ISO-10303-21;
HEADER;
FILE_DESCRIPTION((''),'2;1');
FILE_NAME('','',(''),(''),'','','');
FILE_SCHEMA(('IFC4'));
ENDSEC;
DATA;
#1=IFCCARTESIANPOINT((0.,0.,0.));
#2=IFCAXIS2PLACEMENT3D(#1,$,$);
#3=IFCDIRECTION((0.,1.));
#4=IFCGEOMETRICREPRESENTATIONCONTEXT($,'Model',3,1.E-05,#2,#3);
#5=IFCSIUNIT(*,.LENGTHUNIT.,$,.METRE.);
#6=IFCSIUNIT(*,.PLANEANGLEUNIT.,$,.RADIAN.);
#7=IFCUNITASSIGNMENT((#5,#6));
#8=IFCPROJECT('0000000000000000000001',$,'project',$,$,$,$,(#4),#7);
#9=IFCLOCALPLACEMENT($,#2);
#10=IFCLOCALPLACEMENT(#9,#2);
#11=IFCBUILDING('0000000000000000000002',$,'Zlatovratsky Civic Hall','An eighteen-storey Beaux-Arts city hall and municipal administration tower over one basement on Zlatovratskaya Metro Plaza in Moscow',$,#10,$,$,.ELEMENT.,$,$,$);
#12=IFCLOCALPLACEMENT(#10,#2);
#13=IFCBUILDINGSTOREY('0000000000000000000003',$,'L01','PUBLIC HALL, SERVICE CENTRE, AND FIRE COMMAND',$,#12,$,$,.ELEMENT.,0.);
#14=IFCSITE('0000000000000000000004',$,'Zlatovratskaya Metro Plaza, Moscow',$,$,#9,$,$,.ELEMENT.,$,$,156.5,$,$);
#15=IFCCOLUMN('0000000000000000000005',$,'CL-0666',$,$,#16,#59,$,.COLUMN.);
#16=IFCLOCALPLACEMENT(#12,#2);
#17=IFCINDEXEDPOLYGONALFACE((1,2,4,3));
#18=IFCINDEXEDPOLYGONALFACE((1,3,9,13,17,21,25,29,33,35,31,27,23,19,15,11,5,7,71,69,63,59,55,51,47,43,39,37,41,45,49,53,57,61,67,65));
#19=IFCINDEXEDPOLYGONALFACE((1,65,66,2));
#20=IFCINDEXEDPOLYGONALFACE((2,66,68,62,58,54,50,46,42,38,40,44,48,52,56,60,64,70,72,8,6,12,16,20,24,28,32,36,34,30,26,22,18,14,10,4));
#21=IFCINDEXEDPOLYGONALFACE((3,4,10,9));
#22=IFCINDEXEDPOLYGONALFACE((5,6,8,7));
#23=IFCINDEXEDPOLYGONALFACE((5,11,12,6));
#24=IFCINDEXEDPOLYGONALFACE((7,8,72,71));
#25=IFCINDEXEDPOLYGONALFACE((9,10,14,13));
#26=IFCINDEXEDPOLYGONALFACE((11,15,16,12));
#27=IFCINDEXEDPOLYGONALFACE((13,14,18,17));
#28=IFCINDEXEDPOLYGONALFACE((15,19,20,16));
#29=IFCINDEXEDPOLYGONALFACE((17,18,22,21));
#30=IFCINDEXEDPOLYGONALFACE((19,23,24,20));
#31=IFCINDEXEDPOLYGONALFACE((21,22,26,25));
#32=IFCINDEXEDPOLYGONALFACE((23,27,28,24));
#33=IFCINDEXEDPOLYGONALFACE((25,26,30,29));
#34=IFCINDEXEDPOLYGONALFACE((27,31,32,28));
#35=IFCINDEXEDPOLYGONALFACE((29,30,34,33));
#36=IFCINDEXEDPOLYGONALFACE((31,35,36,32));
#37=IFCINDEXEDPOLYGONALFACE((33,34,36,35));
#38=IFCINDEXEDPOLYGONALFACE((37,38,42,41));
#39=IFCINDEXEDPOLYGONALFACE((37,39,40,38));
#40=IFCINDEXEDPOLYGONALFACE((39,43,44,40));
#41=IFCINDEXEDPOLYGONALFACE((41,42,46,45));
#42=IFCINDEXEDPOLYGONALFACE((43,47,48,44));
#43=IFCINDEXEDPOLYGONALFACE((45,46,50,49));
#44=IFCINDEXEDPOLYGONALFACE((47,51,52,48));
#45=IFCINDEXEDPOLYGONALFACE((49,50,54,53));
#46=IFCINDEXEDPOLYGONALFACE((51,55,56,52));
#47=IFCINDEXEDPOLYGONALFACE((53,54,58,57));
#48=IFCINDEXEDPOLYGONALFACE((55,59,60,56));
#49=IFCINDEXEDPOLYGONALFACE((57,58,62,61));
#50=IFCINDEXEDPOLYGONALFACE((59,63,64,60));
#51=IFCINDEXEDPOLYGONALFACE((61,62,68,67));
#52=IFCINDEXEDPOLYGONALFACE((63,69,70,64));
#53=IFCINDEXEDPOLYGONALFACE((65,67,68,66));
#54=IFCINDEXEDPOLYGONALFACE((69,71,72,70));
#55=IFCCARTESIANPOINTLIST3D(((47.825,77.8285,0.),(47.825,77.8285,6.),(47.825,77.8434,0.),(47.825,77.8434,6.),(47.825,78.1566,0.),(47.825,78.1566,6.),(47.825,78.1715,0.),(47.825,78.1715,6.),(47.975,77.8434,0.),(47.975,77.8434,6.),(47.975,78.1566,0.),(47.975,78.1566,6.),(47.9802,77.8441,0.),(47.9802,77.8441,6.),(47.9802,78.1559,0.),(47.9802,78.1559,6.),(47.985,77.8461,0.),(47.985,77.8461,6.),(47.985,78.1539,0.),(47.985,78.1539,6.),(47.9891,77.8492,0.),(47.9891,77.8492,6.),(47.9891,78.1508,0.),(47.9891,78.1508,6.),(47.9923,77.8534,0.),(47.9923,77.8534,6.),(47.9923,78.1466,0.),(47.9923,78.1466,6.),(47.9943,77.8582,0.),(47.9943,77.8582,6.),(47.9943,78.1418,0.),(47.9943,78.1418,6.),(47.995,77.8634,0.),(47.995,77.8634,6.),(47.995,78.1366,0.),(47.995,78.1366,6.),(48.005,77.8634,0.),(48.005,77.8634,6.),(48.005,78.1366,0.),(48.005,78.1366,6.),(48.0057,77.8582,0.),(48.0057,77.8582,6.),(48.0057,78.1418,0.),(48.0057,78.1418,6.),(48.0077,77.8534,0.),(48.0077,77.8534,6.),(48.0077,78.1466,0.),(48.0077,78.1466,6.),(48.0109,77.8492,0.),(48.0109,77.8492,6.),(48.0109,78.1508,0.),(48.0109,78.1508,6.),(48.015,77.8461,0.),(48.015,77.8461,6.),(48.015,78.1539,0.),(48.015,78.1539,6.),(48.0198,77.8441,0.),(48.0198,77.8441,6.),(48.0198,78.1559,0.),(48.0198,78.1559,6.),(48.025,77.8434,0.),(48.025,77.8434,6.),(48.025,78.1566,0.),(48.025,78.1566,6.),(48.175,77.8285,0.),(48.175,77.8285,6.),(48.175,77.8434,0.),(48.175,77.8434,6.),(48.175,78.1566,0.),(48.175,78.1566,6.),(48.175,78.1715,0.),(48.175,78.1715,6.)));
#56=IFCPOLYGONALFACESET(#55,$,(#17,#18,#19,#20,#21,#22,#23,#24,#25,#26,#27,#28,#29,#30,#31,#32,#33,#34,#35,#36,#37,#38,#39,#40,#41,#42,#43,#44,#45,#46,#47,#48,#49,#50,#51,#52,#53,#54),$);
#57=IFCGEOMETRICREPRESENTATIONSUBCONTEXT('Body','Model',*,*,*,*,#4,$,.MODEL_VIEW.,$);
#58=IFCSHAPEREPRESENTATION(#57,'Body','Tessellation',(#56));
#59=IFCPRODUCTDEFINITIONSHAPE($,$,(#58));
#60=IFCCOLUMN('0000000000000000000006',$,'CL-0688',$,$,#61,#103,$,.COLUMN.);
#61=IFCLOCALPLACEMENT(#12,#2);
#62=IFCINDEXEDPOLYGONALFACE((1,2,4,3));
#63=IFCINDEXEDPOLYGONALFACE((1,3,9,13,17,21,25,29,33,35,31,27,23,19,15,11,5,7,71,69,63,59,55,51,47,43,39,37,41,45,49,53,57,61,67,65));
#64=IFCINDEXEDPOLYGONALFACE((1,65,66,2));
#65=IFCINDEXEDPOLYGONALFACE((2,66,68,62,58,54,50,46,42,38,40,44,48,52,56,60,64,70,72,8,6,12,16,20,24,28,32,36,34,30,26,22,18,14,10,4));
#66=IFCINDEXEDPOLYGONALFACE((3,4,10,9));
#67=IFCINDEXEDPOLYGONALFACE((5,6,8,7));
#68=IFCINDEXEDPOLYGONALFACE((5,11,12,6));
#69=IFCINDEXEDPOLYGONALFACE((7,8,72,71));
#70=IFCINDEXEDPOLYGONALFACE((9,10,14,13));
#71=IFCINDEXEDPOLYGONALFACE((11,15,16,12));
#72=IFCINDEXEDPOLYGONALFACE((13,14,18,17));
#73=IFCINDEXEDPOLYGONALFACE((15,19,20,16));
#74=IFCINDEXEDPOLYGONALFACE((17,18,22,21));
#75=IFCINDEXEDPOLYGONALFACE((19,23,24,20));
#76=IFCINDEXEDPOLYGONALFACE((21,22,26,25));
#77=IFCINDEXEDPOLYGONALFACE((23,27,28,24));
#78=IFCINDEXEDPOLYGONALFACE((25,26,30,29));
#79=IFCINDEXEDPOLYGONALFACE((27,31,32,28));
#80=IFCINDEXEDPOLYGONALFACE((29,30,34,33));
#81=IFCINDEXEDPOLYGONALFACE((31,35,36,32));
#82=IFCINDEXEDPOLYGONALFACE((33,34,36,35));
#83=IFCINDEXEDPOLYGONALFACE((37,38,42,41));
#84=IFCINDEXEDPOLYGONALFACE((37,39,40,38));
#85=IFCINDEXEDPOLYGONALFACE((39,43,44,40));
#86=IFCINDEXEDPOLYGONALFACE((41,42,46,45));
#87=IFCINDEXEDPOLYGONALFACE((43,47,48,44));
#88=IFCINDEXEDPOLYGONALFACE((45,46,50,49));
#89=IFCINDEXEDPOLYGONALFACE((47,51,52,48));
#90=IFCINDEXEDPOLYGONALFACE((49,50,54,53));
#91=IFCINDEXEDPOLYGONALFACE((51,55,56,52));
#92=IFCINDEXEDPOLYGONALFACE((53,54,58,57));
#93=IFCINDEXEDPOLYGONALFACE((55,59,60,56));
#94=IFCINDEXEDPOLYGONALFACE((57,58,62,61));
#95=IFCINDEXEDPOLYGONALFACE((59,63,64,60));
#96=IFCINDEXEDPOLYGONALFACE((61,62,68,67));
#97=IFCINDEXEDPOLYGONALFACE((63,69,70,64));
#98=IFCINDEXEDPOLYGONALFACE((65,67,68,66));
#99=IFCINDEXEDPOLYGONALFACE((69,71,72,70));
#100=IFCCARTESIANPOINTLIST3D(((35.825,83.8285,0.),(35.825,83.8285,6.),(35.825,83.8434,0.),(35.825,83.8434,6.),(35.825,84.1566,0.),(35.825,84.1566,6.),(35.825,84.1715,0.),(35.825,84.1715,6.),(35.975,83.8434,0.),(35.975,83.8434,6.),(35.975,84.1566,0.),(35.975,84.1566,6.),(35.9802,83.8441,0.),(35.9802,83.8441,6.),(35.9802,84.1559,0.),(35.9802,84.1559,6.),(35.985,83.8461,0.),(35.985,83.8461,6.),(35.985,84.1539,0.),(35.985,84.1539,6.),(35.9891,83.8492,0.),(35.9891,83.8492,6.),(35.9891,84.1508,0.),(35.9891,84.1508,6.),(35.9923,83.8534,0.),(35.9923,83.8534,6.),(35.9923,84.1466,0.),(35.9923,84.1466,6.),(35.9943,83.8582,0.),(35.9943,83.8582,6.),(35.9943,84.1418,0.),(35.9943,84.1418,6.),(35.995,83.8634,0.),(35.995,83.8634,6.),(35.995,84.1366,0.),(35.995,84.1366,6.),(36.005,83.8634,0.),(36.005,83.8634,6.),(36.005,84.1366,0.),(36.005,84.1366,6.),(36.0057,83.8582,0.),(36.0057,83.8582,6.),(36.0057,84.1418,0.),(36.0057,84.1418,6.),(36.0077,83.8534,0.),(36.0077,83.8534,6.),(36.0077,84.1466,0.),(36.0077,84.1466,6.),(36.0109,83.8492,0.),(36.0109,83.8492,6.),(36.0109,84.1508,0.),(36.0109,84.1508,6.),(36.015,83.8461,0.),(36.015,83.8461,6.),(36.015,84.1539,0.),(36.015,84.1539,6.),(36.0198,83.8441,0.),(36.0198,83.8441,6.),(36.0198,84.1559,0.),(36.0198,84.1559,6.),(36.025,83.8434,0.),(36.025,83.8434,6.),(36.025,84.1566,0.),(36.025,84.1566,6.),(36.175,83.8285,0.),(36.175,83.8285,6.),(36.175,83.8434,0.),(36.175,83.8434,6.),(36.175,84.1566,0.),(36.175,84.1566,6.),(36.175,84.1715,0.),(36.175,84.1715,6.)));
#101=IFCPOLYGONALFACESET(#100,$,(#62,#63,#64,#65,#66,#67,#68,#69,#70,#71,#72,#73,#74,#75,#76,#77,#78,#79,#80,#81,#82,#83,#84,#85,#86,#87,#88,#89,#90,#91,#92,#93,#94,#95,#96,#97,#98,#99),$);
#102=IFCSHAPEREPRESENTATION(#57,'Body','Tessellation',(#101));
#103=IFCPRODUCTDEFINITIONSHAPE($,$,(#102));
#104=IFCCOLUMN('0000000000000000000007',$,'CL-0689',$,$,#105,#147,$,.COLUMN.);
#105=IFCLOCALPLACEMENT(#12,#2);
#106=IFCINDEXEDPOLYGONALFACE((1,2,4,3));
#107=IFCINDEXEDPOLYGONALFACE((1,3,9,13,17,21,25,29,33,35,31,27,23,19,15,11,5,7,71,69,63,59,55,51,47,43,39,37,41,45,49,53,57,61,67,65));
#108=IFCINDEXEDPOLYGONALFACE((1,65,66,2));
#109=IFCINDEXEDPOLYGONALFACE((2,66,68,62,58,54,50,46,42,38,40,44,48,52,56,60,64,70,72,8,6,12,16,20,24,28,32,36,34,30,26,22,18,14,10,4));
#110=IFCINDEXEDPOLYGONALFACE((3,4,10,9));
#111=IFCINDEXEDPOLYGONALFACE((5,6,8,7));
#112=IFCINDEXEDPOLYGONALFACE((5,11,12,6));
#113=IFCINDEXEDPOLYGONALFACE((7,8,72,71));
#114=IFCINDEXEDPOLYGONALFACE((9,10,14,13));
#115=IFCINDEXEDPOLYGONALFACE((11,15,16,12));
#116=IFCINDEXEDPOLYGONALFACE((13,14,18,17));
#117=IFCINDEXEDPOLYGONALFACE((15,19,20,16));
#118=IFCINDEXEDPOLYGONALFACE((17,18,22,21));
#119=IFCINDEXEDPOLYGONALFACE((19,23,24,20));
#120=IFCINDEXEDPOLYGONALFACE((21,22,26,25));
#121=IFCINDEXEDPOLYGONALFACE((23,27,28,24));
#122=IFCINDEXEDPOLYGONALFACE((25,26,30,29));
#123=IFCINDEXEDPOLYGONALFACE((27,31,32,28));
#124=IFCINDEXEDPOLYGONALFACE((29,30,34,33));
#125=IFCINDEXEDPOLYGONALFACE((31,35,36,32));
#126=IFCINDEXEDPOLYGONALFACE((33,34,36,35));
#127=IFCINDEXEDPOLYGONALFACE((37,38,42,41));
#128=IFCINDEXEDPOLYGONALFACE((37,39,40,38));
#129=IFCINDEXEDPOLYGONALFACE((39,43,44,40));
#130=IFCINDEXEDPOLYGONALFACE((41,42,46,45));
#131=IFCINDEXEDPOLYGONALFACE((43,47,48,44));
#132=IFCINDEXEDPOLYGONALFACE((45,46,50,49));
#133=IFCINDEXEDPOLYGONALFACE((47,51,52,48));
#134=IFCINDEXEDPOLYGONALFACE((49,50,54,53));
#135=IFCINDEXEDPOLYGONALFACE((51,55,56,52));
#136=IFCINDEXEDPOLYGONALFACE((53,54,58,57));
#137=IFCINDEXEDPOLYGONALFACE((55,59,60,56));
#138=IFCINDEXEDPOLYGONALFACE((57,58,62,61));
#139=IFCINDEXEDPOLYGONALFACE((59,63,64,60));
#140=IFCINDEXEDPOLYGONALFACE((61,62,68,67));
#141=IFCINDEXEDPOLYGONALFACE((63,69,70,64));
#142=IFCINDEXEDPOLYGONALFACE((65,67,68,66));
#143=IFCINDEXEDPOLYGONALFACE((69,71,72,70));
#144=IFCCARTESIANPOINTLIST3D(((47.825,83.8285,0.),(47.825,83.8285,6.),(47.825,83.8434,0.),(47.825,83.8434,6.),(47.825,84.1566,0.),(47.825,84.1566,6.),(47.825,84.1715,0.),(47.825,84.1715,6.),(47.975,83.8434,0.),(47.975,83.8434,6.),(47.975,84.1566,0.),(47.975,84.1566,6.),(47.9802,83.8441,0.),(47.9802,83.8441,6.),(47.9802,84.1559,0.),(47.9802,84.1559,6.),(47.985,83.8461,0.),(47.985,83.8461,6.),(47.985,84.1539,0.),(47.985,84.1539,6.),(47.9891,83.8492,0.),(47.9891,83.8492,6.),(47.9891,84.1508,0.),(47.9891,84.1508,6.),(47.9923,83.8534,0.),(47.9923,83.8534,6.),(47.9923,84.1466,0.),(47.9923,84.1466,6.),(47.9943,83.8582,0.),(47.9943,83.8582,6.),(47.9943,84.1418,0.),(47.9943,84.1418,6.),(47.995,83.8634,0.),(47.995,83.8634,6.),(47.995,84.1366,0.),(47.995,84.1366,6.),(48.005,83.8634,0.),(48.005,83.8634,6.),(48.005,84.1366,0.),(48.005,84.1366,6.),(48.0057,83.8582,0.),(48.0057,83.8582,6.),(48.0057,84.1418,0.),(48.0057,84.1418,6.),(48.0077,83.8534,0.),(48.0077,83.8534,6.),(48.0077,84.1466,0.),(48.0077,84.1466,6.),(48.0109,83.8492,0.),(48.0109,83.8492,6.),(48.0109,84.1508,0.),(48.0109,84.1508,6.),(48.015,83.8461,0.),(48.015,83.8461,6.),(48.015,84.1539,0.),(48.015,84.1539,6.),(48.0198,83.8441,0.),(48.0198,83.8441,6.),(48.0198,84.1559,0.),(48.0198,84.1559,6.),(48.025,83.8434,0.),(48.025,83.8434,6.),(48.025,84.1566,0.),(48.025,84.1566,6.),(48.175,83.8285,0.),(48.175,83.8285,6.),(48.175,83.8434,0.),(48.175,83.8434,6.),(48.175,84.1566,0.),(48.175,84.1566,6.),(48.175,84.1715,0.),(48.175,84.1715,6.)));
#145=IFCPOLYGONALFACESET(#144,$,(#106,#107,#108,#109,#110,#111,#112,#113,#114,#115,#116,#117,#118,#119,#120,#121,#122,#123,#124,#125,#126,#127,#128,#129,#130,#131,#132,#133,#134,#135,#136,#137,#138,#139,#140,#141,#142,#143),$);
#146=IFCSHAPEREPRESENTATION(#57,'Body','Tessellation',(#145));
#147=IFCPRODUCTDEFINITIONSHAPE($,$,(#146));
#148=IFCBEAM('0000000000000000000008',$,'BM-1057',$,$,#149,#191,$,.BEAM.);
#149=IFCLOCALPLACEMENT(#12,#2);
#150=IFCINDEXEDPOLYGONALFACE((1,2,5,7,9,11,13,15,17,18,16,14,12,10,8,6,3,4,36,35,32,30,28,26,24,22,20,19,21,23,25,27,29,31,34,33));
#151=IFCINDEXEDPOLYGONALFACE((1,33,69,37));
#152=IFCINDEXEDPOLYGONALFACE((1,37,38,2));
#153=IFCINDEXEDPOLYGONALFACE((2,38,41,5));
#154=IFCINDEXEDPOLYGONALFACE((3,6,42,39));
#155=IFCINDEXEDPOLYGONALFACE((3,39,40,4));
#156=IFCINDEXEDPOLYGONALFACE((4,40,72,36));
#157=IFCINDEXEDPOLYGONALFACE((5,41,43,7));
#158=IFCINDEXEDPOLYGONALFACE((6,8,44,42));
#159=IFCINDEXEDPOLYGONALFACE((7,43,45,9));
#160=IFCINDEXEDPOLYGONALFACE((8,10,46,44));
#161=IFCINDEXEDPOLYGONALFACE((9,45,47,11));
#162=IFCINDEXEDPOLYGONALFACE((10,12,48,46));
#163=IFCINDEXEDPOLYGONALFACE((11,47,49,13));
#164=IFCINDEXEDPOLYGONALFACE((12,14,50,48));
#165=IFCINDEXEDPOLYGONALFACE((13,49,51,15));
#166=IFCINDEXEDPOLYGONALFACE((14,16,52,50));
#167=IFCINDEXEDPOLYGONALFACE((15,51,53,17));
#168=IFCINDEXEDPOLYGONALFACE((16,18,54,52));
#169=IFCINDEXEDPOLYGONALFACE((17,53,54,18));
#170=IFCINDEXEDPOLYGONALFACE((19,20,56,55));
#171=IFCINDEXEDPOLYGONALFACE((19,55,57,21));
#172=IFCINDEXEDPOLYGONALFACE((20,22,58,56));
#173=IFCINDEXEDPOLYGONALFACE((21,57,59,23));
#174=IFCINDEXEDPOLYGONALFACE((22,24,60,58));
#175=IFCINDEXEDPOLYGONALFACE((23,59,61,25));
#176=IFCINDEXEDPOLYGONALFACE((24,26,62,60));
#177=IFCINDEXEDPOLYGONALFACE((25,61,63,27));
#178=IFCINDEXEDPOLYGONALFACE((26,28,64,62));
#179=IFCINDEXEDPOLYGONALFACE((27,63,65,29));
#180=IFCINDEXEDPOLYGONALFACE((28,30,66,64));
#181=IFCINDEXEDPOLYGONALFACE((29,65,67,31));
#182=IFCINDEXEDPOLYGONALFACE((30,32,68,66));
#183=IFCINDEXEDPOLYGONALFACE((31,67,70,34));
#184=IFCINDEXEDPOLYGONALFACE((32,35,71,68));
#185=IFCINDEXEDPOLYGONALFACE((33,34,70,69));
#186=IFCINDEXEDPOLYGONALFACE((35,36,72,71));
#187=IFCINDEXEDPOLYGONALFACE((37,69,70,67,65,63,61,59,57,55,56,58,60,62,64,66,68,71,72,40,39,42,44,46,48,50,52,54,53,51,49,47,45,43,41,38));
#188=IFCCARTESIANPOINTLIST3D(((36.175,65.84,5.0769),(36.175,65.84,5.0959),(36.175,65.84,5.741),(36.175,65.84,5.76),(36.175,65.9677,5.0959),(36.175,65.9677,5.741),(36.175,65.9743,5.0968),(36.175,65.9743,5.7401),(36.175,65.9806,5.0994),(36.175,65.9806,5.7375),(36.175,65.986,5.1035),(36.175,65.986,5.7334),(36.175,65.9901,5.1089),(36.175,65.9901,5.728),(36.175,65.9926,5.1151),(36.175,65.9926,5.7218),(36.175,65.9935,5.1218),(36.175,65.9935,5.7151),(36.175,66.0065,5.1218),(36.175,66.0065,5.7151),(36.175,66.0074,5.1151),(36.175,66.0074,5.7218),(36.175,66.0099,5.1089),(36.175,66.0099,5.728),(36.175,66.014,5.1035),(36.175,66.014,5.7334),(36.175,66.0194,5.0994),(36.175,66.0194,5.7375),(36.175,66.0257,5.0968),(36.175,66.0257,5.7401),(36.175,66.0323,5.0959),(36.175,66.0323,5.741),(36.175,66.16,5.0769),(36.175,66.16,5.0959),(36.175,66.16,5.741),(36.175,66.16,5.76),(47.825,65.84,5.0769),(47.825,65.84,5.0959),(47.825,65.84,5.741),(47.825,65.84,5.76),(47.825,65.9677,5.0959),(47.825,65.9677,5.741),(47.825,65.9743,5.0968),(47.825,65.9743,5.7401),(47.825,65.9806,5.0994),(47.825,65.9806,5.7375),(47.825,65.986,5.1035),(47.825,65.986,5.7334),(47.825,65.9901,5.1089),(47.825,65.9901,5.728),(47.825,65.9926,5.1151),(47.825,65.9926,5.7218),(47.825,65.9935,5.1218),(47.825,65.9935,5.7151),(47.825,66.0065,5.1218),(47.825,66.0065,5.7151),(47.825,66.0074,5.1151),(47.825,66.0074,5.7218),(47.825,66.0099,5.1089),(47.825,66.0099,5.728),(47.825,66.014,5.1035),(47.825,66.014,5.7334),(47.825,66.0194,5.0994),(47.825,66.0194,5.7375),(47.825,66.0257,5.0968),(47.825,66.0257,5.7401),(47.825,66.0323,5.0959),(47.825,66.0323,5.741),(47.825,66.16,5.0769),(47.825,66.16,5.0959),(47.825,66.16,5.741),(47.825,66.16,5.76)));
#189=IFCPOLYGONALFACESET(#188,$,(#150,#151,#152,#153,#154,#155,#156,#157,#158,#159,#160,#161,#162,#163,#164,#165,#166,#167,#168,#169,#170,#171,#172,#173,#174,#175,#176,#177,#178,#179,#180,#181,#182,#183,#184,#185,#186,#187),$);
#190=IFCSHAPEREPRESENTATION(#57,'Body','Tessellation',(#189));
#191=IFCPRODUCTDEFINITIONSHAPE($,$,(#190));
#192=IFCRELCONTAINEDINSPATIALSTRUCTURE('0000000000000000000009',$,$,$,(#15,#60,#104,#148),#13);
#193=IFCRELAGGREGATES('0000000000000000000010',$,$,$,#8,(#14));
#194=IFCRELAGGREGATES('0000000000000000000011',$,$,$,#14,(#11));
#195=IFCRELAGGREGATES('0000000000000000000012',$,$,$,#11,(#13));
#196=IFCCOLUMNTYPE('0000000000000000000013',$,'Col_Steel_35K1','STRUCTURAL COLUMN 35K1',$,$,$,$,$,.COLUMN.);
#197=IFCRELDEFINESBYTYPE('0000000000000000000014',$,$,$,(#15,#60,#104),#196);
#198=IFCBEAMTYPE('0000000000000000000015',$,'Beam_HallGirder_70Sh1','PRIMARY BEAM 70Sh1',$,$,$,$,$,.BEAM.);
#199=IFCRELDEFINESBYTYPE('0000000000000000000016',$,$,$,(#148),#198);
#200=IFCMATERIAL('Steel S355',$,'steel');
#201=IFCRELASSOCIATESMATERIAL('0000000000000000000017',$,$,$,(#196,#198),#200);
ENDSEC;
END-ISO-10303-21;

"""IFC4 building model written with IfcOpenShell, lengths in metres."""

from ifc_helpers import new_model, si_unit, direction, frame, origin, origin_2d, place, context, subcontext, project, spatial, i_section, extrude, material, material_profile, profile_set, type_object, element, save


model = new_model("IFC4")

# Units and contexts
model_context = context("Model", 3, precision=1e-05, world=origin(), true_north=direction((0.0, 1.0)))
body_context = subcontext(model_context, "Body", "Model", "MODEL_VIEW")
ifc_project = project(units=[si_unit("LENGTHUNIT", "METRE"), si_unit("PLANEANGLEUNIT", "RADIAN")], contexts=[model_context])

# Site, building, storey
site_placement = place(None, origin())
site = spatial("IfcSite", under=ifc_project, at=site_placement, Name="Zlatovratskaya Metro Plaza, Moscow", CompositionType="ELEMENT", RefElevation=156.5)
building_placement = place(site_placement, origin())
building = spatial("IfcBuilding", under=site, at=building_placement, Name="Zlatovratsky Civic Hall", Description="An eighteen-storey Beaux-Arts city hall and municipal administration tower over one basement on Zlatovratskaya Metro Plaza in Moscow", CompositionType="ELEMENT")
storey_placement = place(building_placement, origin())
storey = spatial("IfcBuildingStorey", under=building, at=storey_placement, Name="L01", Description="PUBLIC HALL, SERVICE CENTRE, AND FIRE COMMAND", CompositionType="ELEMENT", Elevation=0.0)

# Columns
ifc_material_1 = material(Name="Steel S355", Category="steel")
ifc_material_profile_1 = material_profile(ifc_material_1, i_section(OverallWidth=0.3501, OverallDepth=0.343, WebThickness=0.01, FlangeThickness=0.0149, FilletRadius=0.02, at=origin_2d()), Name="35K1")
ifc_profile_set_1 = profile_set([ifc_material_profile_1], Name="Steel S355")
column_type = type_object("IfcColumnType", Name="Col_Steel_35K1", Description="STRUCTURAL COLUMN 35K1", PredefinedType="COLUMN", material=ifc_profile_set_1)
for number, where, z_axis, x_axis, name in (
    (1, (48.0, 78.0, 0.0), (0.0, 0.0, 1.0), (1.0, 0.0, 0.0), "CL-0666"),
    (2, (36.0, 84.0, 0.0), (0.0, 0.0, 1.0), (1.0, 0.0, 0.0), "CL-0688"),
    (3, (48.0, 84.0, 0.0), (0.0, 0.0, 1.0), (1.0, 0.0, 0.0), "CL-0689"),
):
    element("IfcColumn", number, at=place(storey_placement, frame(where, z_axis=z_axis, x_axis=x_axis)), inside=storey, type_object=column_type, Name=name, PredefinedType="COLUMN", context=body_context, shape_type="SweptSolid", body=[
        extrude(i_section(OverallWidth=0.3501, OverallDepth=0.343, WebThickness=0.01, FlangeThickness=0.0149, FilletRadius=0.02, at=origin_2d()), origin(), (0.0, 0.0, 1.0), 6.0),
    ])

# Beam
ifc_material_profile_2 = material_profile(ifc_material_1, i_section(OverallWidth=0.3201, OverallDepth=0.6831, WebThickness=0.0129, FlangeThickness=0.019, FilletRadius=0.0259, at=origin_2d()), Name="70Sh1")
ifc_profile_set_2 = profile_set([ifc_material_profile_2], Name="Steel S355")
beam_type_1 = type_object("IfcBeamType", Name="Beam_HallGirder_70Sh1", Description="PRIMARY BEAM 70Sh1", PredefinedType="BEAM", material=ifc_profile_set_2)
for number, where, z_axis, x_axis, name in (
    (4, (36.175, 66.0, 5.4185), (1.0, 0.0, 0.0), (0.0, 1.0, 0.0), "BM-1057"),
):
    element("IfcBeam", number, at=place(storey_placement, frame(where, z_axis=z_axis, x_axis=x_axis)), inside=storey, type_object=beam_type_1, Name=name, PredefinedType="BEAM", context=body_context, shape_type="SweptSolid", body=[
        extrude(i_section(OverallWidth=0.3201, OverallDepth=0.6831, WebThickness=0.0129, FlangeThickness=0.019, FilletRadius=0.0259, at=origin_2d()), origin(), (0.0, 0.0, 1.0), 11.6499),
    ])

save(model, "model.ifc")
